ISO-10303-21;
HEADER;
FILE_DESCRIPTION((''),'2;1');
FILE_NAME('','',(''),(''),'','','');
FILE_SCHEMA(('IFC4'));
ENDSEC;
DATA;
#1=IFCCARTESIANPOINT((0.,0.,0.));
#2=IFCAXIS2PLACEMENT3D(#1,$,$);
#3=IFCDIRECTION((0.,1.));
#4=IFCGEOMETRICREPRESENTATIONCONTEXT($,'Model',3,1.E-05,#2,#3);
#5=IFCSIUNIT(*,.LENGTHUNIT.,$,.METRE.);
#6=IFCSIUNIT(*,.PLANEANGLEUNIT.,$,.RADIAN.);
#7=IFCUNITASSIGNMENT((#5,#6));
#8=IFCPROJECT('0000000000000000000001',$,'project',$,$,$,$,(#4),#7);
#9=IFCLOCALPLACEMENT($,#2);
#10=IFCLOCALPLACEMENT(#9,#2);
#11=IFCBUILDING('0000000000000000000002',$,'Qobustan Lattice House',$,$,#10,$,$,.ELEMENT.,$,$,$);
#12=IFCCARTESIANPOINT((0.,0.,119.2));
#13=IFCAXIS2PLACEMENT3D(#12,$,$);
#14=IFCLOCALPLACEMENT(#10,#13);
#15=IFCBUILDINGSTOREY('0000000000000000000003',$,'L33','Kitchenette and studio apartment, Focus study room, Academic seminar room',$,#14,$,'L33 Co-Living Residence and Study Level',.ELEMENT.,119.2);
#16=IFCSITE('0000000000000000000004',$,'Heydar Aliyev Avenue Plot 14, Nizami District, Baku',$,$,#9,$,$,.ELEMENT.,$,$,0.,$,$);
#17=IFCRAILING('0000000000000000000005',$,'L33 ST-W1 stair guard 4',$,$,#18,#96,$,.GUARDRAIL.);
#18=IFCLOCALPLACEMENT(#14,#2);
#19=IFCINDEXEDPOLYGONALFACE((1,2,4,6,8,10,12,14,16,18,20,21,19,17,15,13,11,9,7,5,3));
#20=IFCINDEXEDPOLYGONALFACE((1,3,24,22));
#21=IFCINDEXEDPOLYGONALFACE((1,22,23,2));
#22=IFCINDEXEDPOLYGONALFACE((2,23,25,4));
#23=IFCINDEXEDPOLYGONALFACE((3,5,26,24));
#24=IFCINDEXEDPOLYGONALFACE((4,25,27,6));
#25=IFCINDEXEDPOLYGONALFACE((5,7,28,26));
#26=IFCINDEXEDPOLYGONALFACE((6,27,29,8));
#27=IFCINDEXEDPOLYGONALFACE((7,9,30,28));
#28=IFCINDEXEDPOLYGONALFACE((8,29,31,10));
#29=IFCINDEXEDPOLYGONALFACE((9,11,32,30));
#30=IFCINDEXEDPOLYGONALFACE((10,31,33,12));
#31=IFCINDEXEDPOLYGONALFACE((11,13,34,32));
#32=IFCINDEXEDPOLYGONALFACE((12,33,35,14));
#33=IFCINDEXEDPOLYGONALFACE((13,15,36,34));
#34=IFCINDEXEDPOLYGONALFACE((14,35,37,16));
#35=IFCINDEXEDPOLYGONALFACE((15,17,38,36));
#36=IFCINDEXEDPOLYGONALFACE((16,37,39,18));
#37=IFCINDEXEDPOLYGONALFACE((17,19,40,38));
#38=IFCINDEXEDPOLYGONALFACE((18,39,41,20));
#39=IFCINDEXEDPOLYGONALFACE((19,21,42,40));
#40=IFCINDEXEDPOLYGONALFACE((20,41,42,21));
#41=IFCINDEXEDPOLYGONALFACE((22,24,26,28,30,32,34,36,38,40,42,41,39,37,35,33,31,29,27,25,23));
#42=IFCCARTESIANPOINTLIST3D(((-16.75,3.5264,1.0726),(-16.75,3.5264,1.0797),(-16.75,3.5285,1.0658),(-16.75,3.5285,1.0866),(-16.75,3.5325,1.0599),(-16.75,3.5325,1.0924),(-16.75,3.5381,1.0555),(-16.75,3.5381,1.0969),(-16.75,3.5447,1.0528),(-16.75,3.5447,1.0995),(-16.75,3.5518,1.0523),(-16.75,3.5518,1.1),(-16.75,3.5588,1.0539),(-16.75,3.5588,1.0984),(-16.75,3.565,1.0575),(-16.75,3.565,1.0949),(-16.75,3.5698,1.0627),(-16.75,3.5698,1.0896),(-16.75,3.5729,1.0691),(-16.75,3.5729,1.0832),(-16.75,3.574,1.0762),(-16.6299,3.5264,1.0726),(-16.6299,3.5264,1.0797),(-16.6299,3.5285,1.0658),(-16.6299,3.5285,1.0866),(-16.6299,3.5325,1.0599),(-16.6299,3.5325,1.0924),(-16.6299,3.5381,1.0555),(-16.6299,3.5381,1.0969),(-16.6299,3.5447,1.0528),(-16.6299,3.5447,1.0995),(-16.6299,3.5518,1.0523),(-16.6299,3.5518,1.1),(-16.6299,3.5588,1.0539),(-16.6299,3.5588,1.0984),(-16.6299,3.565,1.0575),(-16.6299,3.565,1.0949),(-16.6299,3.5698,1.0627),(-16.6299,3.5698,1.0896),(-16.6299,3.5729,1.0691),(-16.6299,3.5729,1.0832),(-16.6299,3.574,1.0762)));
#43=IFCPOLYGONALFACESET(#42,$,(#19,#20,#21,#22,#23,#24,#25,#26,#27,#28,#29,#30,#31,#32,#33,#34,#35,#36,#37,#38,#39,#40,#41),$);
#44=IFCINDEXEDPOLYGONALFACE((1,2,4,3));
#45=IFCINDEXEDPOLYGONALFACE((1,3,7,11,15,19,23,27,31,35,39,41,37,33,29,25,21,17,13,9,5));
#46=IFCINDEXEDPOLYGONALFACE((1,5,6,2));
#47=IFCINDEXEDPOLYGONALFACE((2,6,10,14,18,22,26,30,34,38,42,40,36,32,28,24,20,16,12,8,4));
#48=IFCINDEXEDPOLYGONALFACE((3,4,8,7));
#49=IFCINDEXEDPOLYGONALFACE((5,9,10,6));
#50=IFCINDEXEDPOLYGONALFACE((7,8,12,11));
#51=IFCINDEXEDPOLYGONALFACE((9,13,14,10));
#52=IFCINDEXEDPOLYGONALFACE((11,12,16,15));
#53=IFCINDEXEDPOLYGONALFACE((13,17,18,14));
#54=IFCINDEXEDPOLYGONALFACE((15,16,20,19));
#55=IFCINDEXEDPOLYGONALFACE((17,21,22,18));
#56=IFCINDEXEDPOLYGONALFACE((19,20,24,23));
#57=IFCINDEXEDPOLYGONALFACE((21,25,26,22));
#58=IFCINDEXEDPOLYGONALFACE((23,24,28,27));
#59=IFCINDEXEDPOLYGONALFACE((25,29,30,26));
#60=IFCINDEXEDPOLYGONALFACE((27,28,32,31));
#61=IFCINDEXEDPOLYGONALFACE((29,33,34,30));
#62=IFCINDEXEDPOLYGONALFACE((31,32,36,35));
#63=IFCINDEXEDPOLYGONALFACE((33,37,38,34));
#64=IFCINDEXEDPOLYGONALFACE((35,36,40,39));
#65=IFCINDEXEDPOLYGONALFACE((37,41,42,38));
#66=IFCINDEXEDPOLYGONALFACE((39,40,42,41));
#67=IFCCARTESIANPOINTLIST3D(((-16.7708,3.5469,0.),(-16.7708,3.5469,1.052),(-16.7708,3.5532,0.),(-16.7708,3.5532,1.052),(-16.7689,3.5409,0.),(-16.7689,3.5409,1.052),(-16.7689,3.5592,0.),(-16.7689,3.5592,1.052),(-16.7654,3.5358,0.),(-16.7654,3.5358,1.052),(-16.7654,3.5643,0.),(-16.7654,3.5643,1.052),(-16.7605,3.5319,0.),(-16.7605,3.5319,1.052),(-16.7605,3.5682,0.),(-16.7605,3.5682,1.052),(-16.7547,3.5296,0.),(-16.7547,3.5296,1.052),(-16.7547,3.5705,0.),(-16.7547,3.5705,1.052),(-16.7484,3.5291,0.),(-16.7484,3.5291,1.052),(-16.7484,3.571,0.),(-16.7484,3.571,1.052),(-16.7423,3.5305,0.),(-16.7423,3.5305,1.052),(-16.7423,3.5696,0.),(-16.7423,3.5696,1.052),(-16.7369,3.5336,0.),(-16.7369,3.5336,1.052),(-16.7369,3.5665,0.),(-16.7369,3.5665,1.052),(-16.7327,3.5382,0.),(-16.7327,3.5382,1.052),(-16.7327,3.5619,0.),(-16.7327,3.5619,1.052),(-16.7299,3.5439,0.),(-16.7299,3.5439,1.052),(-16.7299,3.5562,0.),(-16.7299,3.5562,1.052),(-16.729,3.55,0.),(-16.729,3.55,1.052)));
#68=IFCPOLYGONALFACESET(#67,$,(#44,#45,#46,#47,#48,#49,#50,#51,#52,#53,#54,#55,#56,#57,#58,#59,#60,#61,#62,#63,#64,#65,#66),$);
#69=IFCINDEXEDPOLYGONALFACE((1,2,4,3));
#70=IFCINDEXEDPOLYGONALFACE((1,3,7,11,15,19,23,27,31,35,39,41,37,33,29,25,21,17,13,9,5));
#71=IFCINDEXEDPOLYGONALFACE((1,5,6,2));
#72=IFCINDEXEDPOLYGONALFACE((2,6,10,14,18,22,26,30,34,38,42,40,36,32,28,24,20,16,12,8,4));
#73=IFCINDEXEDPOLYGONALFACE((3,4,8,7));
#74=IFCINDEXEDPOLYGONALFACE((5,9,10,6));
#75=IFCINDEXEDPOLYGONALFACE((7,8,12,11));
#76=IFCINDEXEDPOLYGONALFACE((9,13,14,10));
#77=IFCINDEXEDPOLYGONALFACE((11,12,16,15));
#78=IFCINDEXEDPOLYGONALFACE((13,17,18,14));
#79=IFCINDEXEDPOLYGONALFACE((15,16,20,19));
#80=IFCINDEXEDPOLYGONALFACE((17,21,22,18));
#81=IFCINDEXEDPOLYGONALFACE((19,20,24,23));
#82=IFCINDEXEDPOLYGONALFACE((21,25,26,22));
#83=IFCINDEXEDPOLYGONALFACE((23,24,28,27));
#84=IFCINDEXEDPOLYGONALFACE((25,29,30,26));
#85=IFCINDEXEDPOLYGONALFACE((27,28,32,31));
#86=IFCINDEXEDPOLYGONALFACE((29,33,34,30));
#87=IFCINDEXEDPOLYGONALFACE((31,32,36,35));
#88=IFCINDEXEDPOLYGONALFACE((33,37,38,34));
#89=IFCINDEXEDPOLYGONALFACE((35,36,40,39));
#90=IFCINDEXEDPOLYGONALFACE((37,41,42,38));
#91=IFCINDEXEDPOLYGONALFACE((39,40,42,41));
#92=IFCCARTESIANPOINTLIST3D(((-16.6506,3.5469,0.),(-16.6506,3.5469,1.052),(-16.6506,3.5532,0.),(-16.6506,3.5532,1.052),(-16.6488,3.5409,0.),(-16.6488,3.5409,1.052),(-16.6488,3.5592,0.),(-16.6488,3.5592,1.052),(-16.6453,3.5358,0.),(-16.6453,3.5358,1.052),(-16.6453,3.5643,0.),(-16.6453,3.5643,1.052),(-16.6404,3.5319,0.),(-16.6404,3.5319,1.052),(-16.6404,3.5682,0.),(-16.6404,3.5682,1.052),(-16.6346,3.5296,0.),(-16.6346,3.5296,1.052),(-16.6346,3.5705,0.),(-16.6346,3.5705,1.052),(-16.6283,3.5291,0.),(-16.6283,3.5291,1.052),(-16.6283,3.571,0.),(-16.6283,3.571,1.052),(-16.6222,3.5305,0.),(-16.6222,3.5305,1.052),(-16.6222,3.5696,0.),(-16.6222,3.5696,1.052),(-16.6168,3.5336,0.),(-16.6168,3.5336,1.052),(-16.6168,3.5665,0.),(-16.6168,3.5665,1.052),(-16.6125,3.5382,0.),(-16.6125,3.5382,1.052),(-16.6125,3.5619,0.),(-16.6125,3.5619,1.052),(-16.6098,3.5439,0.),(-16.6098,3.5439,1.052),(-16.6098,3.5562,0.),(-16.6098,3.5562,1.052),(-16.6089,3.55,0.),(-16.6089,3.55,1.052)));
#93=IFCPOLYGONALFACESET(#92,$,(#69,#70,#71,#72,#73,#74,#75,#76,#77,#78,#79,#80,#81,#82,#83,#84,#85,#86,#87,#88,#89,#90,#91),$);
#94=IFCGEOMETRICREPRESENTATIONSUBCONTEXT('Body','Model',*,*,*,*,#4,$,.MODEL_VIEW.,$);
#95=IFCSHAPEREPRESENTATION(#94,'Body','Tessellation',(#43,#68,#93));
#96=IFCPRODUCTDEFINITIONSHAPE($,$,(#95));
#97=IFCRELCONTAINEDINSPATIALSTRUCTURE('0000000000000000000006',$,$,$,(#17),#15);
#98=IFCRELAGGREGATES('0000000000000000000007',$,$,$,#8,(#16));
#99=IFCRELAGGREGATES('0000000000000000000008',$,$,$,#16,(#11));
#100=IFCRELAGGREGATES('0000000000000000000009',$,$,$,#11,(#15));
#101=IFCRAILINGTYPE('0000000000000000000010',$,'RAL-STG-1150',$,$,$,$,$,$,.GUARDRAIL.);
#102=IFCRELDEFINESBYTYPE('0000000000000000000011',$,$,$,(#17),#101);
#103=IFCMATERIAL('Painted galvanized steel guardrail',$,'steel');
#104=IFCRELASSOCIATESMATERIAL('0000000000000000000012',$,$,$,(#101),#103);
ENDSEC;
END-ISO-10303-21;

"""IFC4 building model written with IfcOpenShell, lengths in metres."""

from ifc_helpers import new_model, si_unit, direction, frame, origin, origin_2d, place, context, subcontext, project, spatial, circle, extrude, material, type_object, element, save


model = new_model("IFC4")

# Units and contexts
model_context = context("Model", 3, precision=1e-05, world=origin(), true_north=direction((0.0, 1.0)))
body_context = subcontext(model_context, "Body", "Model", "MODEL_VIEW")
ifc_project = project(units=[si_unit("LENGTHUNIT", "METRE"), si_unit("PLANEANGLEUNIT", "RADIAN")], contexts=[model_context])

# Site, building, storey
site_placement = place(None, origin())
site = spatial("IfcSite", under=ifc_project, at=site_placement, Name="Heydar Aliyev Avenue Plot 14, Nizami District, Baku", CompositionType="ELEMENT", RefElevation=0.0)
building_placement = place(site_placement, origin())
building = spatial("IfcBuilding", under=site, at=building_placement, Name="Qobustan Lattice House", CompositionType="ELEMENT")
storey_placement = place(building_placement, frame((0.0, 0.0, 119.2)))
storey = spatial("IfcBuildingStorey", under=building, at=storey_placement, Name="L33", Description="Kitchenette and studio apartment, Focus study room, Academic seminar room", LongName="L33 Co-Living Residence and Study Level", CompositionType="ELEMENT", Elevation=119.2)

# Railing
ifc_material_1 = material(Name="Painted galvanized steel guardrail", Category="steel")
railing_type_1 = type_object("IfcRailingType", Name="RAL-STG-1150", PredefinedType="GUARDRAIL", material=ifc_material_1)
railing_1_placement = place(storey_placement, frame((-16.75, 3.55, 0.0)))
element("IfcRailing", 1, at=railing_1_placement, inside=storey, type_object=railing_type_1, Name="L33 ST-W1 stair guard 4", PredefinedType="GUARDRAIL", context=body_context, shape_type="SweptSolid", body=[
    extrude(circle(Radius=0.0239, at=origin_2d()), frame((0.0, 0.0, 1.0762), z_axis=(1.0, 0.0, 0.0), x_axis=(0.0, 1.0, 0.0)), (0.0, 0.0, 1.0), 0.1201),
    extrude(circle(Radius=0.021, at=origin_2d()), origin(), (0.0, 0.0, 1.0), 1.052),
    extrude(circle(Radius=0.021, at=origin_2d()), frame((0.1201, 0.0, 0.0)), (0.0, 0.0, 1.0), 1.052),
])

save(model, "model.ifc")
